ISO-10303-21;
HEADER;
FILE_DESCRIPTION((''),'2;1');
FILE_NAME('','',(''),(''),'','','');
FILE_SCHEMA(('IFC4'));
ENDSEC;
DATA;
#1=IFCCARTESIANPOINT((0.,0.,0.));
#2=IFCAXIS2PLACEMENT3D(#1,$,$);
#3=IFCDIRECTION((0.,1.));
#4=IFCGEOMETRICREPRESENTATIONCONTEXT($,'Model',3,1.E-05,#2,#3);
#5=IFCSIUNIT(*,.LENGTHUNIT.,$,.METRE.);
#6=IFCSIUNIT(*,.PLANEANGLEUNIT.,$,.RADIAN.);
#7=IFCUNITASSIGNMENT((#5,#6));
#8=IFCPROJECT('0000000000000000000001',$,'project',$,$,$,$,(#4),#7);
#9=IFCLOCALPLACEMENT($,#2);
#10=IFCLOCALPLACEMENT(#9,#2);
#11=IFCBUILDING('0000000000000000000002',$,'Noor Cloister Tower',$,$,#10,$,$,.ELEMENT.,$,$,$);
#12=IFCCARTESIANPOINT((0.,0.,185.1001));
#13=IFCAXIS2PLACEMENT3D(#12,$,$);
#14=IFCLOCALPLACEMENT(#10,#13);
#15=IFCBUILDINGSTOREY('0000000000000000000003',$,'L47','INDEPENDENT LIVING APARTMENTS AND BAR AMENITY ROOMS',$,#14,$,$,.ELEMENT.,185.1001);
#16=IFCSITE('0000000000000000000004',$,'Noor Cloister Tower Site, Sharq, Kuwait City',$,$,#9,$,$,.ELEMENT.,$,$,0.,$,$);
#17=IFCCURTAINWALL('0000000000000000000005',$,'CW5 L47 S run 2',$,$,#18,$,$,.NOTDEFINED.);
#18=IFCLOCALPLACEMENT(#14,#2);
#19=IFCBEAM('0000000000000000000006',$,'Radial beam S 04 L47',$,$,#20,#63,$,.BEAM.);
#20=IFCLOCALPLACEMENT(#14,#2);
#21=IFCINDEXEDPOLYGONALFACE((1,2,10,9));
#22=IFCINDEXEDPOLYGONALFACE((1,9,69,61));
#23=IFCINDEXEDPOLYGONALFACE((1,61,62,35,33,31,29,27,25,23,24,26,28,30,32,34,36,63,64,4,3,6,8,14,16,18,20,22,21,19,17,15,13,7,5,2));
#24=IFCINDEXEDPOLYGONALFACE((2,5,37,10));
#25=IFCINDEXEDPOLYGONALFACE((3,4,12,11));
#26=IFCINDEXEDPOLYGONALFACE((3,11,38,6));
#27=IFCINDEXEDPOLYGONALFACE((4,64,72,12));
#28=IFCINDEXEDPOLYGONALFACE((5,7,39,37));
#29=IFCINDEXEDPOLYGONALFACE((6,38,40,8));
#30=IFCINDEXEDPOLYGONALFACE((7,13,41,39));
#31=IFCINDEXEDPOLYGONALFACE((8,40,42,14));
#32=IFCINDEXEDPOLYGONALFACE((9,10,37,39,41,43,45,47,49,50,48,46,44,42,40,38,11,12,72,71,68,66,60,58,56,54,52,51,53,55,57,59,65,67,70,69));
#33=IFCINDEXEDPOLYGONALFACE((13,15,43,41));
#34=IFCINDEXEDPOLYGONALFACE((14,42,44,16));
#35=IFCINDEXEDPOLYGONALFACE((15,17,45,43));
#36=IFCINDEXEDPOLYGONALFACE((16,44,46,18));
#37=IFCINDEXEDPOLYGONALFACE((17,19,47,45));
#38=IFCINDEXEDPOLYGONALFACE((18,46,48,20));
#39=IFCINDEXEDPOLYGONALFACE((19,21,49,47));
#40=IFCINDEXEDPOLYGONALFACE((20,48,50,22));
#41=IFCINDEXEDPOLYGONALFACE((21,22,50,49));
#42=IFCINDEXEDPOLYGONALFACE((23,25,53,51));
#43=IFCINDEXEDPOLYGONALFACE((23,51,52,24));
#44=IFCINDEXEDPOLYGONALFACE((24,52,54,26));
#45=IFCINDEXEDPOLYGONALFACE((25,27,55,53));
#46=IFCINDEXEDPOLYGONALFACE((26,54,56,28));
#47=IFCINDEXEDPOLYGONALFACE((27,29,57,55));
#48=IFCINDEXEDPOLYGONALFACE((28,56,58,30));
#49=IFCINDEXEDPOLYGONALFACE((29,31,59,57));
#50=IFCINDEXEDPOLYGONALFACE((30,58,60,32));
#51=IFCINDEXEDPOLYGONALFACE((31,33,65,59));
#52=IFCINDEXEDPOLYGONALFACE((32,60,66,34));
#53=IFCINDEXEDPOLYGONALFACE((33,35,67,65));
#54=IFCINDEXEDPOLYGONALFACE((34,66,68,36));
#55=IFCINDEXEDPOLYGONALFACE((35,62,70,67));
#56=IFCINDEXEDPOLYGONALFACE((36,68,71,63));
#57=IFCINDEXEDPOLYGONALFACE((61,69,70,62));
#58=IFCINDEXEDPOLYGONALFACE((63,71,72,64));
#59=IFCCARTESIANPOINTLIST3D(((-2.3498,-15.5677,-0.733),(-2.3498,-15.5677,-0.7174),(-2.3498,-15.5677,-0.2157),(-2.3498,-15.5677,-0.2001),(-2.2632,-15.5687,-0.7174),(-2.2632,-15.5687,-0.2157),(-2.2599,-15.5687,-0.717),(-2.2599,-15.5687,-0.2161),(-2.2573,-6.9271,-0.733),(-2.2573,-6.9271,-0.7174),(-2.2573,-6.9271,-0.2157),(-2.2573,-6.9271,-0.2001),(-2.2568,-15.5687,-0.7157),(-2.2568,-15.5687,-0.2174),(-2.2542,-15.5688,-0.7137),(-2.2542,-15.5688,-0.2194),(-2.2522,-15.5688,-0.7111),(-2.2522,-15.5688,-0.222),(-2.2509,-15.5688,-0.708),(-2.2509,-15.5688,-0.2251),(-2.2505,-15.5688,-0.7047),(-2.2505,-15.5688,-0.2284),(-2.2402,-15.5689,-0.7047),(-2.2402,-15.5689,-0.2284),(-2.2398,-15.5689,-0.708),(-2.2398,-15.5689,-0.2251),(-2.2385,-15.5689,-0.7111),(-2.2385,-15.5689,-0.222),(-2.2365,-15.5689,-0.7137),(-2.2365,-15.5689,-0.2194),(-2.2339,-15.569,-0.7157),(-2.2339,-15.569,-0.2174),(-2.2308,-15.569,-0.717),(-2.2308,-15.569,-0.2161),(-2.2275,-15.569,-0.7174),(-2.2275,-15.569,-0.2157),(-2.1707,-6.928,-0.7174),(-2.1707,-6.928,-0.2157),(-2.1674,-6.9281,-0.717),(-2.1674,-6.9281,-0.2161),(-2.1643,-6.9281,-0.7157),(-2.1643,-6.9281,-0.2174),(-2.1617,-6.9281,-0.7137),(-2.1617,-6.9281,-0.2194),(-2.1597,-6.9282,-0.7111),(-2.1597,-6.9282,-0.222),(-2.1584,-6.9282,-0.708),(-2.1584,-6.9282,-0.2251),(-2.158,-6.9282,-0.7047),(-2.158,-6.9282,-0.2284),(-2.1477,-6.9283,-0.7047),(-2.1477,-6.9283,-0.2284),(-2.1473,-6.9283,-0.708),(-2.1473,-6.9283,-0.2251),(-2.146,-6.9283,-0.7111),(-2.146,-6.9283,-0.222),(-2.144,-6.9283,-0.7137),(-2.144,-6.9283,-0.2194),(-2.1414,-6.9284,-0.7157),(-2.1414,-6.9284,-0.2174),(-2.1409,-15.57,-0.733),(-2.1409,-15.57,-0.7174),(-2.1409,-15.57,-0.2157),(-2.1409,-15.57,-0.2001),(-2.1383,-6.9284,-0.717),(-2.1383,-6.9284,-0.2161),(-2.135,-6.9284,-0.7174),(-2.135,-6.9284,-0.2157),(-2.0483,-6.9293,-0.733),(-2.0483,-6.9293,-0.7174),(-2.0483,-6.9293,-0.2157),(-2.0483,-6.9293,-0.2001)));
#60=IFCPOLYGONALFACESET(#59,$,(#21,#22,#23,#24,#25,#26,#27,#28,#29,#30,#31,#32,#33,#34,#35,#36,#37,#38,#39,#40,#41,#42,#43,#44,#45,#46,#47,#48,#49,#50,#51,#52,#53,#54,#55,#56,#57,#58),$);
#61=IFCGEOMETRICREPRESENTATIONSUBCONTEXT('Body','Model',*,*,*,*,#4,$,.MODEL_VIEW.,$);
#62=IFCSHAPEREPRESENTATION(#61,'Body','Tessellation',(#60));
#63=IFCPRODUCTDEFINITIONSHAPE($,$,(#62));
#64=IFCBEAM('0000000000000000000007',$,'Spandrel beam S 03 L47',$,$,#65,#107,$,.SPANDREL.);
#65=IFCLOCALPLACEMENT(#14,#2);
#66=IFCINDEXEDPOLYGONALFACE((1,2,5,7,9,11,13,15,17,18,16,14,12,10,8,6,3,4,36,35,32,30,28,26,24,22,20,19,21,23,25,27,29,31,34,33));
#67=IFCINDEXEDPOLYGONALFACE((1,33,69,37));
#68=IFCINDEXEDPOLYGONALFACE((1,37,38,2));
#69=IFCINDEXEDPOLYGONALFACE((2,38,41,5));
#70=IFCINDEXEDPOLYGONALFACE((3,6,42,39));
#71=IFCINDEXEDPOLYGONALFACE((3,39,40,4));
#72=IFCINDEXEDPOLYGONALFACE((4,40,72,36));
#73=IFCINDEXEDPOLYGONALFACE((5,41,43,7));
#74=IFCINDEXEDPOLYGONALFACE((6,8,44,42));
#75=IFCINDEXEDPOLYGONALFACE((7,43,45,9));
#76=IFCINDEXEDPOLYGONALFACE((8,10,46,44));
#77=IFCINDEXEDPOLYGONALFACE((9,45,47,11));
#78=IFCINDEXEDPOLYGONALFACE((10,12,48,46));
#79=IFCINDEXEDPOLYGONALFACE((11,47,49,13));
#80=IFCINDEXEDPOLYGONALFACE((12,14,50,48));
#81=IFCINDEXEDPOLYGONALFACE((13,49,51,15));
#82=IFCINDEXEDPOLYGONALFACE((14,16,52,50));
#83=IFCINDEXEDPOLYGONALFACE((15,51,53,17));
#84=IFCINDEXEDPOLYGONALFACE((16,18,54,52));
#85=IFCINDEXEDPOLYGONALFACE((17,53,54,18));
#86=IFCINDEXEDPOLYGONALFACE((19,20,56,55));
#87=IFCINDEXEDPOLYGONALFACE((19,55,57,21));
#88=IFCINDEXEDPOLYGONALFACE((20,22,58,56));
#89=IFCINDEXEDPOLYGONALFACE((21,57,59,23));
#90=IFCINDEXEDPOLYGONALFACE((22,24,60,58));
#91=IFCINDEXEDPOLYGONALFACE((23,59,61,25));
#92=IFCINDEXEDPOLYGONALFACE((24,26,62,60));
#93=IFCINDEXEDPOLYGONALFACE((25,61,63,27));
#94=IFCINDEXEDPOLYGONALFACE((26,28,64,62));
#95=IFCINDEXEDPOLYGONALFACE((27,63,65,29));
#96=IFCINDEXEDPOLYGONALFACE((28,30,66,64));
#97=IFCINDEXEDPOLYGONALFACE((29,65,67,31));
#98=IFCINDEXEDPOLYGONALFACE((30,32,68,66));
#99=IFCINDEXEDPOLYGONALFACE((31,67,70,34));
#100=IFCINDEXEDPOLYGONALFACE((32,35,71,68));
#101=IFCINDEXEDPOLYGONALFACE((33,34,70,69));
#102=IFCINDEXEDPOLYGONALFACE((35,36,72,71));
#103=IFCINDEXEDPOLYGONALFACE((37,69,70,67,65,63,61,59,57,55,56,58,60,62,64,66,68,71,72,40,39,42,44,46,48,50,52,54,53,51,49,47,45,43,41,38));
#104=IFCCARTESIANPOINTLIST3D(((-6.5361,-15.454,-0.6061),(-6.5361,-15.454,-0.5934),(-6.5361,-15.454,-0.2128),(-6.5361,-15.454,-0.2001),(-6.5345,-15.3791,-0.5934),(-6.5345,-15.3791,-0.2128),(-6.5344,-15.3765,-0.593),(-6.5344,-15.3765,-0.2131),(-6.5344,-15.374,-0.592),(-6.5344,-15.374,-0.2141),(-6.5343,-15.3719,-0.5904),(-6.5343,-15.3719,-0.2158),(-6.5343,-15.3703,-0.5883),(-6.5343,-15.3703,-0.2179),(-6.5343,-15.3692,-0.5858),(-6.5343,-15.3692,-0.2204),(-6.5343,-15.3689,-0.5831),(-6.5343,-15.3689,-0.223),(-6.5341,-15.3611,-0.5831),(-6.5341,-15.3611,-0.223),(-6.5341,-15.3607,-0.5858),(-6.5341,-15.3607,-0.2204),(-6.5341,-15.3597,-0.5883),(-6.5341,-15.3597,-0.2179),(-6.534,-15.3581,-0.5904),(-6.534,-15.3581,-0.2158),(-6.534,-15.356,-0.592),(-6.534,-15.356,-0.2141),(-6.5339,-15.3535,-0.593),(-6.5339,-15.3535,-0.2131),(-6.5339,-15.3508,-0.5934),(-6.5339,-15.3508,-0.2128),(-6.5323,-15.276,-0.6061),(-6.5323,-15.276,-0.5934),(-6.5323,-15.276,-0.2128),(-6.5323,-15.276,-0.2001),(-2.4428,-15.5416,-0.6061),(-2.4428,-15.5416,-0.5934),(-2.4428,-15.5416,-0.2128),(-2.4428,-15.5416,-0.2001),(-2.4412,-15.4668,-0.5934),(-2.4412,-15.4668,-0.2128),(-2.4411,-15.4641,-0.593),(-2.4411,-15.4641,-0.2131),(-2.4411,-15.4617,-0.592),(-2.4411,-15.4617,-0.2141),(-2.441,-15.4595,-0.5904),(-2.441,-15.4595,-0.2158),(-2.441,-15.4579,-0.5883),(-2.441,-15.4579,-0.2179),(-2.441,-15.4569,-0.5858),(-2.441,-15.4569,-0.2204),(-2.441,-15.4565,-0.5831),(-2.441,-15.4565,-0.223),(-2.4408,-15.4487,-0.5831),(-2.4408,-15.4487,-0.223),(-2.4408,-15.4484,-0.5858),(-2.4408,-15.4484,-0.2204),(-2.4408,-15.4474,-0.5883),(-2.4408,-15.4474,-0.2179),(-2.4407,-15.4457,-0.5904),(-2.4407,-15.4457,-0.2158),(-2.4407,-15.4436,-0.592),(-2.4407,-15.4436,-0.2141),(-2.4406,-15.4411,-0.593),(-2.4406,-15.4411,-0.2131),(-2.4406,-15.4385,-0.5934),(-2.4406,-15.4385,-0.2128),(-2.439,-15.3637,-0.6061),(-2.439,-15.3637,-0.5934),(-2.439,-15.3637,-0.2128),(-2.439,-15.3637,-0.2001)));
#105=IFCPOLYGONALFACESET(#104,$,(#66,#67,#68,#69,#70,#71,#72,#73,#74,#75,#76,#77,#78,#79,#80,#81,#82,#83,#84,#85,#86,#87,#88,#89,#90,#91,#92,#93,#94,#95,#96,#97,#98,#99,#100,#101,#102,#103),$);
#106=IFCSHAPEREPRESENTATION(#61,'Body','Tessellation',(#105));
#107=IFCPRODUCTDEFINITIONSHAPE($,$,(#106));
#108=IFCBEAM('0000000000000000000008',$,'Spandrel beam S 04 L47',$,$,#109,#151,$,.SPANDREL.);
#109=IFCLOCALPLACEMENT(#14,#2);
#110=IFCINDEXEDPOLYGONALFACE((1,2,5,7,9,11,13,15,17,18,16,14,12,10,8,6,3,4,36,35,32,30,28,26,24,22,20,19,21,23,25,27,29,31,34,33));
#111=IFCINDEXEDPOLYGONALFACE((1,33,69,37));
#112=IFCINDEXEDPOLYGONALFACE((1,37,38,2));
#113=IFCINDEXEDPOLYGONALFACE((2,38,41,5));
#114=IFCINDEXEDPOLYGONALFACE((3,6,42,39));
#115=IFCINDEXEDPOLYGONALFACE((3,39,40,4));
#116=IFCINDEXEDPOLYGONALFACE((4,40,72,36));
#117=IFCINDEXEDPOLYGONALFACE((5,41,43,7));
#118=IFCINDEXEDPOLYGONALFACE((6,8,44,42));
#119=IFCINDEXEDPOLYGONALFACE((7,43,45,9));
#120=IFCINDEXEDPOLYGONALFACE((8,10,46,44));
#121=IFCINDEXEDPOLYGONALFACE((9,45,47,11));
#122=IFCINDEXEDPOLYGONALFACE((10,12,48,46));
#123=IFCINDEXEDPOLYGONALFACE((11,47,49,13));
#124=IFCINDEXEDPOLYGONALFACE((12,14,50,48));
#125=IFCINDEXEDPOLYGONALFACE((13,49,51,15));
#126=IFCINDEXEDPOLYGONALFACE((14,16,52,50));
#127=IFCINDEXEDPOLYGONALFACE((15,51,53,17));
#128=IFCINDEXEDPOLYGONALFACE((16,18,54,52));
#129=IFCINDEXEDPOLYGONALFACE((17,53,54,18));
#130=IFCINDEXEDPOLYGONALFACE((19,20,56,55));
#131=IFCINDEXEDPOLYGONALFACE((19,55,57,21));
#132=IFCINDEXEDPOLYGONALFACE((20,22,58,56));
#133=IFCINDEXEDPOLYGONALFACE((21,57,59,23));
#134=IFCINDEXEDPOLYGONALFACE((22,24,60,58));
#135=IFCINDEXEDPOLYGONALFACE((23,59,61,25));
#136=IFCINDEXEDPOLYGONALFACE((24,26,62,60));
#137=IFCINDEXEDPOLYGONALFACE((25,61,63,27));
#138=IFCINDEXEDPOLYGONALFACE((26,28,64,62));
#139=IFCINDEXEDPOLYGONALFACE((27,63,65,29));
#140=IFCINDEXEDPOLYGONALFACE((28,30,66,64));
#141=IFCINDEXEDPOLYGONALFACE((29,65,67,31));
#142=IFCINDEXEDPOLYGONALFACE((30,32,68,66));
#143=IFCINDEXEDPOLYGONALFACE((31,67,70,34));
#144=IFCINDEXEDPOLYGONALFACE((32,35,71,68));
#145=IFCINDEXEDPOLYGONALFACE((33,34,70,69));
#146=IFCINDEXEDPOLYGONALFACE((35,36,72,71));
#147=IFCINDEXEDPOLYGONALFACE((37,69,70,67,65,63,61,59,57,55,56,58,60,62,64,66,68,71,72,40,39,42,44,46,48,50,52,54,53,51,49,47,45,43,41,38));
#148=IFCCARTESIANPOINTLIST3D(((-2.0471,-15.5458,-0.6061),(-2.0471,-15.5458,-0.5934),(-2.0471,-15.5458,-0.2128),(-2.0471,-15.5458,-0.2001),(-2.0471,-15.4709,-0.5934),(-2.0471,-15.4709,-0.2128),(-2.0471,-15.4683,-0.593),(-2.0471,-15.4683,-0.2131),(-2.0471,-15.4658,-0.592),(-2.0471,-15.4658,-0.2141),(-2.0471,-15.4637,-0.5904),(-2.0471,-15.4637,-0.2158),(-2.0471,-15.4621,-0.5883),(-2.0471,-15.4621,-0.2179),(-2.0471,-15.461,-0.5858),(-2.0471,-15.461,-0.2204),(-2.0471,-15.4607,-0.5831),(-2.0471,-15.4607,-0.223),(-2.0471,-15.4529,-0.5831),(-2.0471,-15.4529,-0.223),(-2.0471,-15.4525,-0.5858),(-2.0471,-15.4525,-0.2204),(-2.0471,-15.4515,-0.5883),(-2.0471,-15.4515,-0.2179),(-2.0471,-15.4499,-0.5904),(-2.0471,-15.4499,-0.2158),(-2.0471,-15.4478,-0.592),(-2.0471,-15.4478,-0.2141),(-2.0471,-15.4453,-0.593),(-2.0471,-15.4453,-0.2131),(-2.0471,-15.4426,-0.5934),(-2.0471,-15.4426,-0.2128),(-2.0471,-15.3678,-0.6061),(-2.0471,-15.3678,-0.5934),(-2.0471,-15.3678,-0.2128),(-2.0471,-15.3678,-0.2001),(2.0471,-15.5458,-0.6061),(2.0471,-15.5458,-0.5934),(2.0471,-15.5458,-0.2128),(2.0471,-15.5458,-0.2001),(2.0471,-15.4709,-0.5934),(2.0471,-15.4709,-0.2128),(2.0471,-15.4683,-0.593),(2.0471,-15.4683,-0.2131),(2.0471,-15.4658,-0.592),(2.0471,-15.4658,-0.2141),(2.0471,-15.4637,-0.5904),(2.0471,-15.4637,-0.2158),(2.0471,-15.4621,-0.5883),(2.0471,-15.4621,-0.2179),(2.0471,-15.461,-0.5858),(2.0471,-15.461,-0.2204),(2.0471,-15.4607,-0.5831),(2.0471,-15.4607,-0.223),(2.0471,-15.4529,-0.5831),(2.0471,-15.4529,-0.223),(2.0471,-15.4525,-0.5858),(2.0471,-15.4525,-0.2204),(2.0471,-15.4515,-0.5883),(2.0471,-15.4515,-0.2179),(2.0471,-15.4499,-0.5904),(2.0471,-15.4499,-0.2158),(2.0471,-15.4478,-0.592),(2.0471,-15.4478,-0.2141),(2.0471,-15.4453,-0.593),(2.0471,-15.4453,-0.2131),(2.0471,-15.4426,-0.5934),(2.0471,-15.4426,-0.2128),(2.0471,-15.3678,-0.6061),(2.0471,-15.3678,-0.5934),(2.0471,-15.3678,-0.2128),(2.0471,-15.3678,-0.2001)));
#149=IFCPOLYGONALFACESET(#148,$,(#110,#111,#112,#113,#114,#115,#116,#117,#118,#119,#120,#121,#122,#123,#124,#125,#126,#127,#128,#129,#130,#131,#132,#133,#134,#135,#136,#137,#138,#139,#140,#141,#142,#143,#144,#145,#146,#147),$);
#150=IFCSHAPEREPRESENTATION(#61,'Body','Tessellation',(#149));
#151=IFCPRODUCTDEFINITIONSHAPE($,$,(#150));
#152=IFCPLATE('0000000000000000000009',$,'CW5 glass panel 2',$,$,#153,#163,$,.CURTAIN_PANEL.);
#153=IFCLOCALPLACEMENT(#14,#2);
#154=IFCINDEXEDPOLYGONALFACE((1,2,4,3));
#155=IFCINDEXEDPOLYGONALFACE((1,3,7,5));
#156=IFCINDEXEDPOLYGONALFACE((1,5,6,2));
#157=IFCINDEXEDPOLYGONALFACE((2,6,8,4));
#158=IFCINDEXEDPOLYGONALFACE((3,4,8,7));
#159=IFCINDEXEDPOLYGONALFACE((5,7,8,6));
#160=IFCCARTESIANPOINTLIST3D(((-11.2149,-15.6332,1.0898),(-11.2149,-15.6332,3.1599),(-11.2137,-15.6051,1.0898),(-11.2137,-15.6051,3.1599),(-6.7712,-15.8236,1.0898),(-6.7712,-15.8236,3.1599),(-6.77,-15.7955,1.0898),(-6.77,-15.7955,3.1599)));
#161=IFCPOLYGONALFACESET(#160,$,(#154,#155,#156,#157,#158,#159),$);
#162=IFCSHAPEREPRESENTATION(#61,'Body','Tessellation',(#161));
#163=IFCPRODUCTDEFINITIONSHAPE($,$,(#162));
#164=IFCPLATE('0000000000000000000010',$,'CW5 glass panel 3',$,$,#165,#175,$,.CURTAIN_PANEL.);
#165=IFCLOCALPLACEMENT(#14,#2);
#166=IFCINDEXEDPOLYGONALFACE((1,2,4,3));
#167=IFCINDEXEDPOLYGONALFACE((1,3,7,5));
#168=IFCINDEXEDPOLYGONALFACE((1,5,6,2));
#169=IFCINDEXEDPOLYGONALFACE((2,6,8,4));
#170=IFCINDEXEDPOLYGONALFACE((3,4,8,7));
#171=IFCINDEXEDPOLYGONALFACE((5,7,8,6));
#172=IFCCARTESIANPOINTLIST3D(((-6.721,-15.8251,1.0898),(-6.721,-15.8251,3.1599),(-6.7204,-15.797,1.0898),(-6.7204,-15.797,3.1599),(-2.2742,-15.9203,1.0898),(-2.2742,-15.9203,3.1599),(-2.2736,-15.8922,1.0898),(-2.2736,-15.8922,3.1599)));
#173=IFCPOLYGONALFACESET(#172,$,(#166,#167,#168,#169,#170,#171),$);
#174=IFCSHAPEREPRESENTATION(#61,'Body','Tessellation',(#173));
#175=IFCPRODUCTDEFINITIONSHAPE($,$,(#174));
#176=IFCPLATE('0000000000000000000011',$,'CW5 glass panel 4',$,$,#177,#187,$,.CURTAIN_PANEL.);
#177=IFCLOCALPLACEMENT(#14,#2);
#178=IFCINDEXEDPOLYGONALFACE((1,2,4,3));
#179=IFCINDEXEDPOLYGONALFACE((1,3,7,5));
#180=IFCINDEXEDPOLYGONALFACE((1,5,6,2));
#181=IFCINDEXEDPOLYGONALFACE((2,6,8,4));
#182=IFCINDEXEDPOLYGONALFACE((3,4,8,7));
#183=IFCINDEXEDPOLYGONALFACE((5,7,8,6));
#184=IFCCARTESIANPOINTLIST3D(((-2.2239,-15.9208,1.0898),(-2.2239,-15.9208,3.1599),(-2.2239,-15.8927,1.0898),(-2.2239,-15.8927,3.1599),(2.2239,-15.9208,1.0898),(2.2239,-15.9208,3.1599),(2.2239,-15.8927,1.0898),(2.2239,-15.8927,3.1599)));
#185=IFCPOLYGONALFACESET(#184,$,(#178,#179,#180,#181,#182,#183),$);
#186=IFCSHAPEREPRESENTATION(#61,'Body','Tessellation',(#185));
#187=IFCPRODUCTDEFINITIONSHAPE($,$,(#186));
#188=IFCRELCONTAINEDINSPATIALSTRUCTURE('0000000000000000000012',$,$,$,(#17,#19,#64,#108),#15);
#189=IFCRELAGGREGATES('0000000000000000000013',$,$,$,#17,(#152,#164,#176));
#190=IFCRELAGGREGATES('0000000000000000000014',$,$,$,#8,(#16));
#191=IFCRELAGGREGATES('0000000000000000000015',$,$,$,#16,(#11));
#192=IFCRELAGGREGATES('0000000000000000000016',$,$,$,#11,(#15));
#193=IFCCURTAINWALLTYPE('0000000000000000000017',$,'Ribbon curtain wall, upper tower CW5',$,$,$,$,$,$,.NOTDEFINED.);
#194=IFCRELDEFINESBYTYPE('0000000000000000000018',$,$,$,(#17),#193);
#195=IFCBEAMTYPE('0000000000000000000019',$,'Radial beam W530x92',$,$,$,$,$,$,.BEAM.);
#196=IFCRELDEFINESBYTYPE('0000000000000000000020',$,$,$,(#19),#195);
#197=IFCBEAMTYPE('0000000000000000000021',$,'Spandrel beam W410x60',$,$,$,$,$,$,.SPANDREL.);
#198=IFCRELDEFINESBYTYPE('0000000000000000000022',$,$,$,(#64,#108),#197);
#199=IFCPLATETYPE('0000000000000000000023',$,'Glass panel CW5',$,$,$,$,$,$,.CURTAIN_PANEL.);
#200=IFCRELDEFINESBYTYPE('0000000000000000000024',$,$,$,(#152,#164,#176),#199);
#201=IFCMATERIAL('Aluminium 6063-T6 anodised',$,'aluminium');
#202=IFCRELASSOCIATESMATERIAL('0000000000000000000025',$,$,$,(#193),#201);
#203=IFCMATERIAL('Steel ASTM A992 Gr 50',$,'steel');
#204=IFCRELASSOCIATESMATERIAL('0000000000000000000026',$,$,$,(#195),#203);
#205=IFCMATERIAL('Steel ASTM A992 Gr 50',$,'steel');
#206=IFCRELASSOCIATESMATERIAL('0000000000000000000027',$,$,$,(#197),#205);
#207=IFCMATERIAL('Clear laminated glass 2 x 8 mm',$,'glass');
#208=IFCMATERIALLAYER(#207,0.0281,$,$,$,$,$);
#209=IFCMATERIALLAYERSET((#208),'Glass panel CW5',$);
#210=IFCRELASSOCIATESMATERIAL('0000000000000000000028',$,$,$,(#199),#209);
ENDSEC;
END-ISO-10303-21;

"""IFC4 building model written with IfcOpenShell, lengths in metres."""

from ifc_helpers import new_model, si_unit, direction, frame, origin, origin_2d, place, context, subcontext, project, spatial, rectangle, i_section, extrude, material, layer, layer_set, material_profile, profile_set, type_object, element, aggregate, save


model = new_model("IFC4")

# Units and contexts
model_context = context("Model", 3, precision=1e-05, world=origin(), true_north=direction((0.0, 1.0)))
body_context = subcontext(model_context, "Body", "Model", "MODEL_VIEW")
ifc_project = project(units=[si_unit("LENGTHUNIT", "METRE"), si_unit("PLANEANGLEUNIT", "RADIAN")], contexts=[model_context])

# Site, building, storey
site_placement = place(None, origin())
site = spatial("IfcSite", under=ifc_project, at=site_placement, Name="Noor Cloister Tower Site, Sharq, Kuwait City", CompositionType="ELEMENT", RefElevation=0.0)
building_placement = place(site_placement, origin())
building = spatial("IfcBuilding", under=site, at=building_placement, Name="Noor Cloister Tower", CompositionType="ELEMENT")
storey_placement = place(building_placement, frame((0.0, 0.0, 185.1001)))
storey = spatial("IfcBuildingStorey", under=building, at=storey_placement, Name="L47", Description="INDEPENDENT LIVING APARTMENTS AND BAR AMENITY ROOMS", CompositionType="ELEMENT", Elevation=185.1001)

# Curtain wall
ifc_material_1 = material(Name="Aluminium 6063-T6 anodised", Category="aluminium")
curtain_wall_type = type_object("IfcCurtainWallType", Name="Ribbon curtain wall, upper tower CW5", PredefinedType="NOTDEFINED", material=ifc_material_1)
curtain_wall_placement = place(storey_placement, origin())
curtain_wall = element("IfcCurtainWall", 1, at=curtain_wall_placement, inside=storey, type_object=curtain_wall_type, Name="CW5 L47 S run 2", PredefinedType="NOTDEFINED")

# Beams
ifc_material_2 = material(Name="Steel ASTM A992 Gr 50", Category="steel")
ifc_material_profile_1 = material_profile(ifc_material_2, i_section(OverallWidth=0.209, OverallDepth=0.533, WebThickness=0.0103, FlangeThickness=0.0156, FilletRadius=0.0127, at=origin_2d()), Name="W530x92")
ifc_profile_set_1 = profile_set([ifc_material_profile_1], Name="Steel ASTM A992 Gr 50")
beam_type_1 = type_object("IfcBeamType", Name="Radial beam W530x92", PredefinedType="BEAM", material=ifc_profile_set_1)
beam_1_placement = place(storey_placement, frame((-2.2454, -15.5688, -0.4666), z_axis=(0.010708, 0.999943, 0.0), x_axis=(-0.999943, 0.010708, 0.0)))
element("IfcBeam", 2, at=beam_1_placement, inside=storey, type_object=beam_type_1, Name="Radial beam S 04 L47", PredefinedType="BEAM", context=body_context, shape_type="SweptSolid", body=[
    extrude(i_section(OverallWidth=0.209, OverallDepth=0.533, WebThickness=0.0103, FlangeThickness=0.0156, FilletRadius=0.0127, at=origin_2d()), origin(), (0.0, 0.0, 1.0), 8.6411),
])
ifc_material_3 = material(Name="Steel ASTM A992 Gr 50", Category="steel")
ifc_material_profile_2 = material_profile(ifc_material_3, i_section(OverallWidth=0.178, OverallDepth=0.406, WebThickness=0.0078, FlangeThickness=0.0127, FilletRadius=0.0103, at=origin_2d()), Name="W410x60")
ifc_profile_set_2 = profile_set([ifc_material_profile_2], Name="Steel ASTM A992 Gr 50")
beam_type_2 = type_object("IfcBeamType", Name="Spandrel beam W410x60", PredefinedType="SPANDREL", material=ifc_profile_set_2)
for number, where, z_axis, x_axis, name in (
    (3, (-6.5342, -15.365, -0.4031), (0.999771, -0.021407, 0.0), (0.021407, 0.999771, 0.0), "Spandrel beam S 03 L47"),
    (4, (-2.0471, -15.4568, -0.4031), (1.0, 0.0, 0.0), (0.0, 1.0, 0.0), "Spandrel beam S 04 L47"),
):
    element("IfcBeam", number, at=place(storey_placement, frame(where, z_axis=z_axis, x_axis=x_axis)), inside=storey, type_object=beam_type_2, Name=name, PredefinedType="SPANDREL", context=body_context, shape_type="SweptSolid", body=[
        extrude(i_section(OverallWidth=0.178, OverallDepth=0.406, WebThickness=0.0078, FlangeThickness=0.0127, FilletRadius=0.0103, at=origin_2d()), origin(), (0.0, 0.0, 1.0), 4.0942),
    ])

# Plates
ifc_material_4 = material(Name="Clear laminated glass 2 x 8 mm", Category="glass")
ifc_layer_1 = layer(ifc_material_4, 0.0281)
ifc_layer_set_1 = layer_set([ifc_layer_1], Name="Glass panel CW5")
plate_type = type_object("IfcPlateType", Name="Glass panel CW5", PredefinedType="CURTAIN_PANEL", material=ifc_layer_set_1)
plate_1_placement = place(storey_placement, frame((-8.9924, -15.7144, 1.0898), z_axis=(0.0, 0.0, 1.0), x_axis=(0.999084, -0.042803, 0.0)))
plate_1 = element("IfcPlate", 5, at=plate_1_placement, type_object=plate_type, Name="CW5 glass panel 2", PredefinedType="CURTAIN_PANEL", context=body_context, shape_type="SweptSolid", body=[
    extrude(rectangle(XDim=4.4478, YDim=0.0281, at=origin_2d()), origin(), (0.0, 0.0, 1.0), 2.0701),
])
plate_2_placement = place(storey_placement, frame((-4.4973, -15.8586, 1.0898), z_axis=(0.0, 0.0, 1.0), x_axis=(0.999771, -0.021406, 0.0)))
plate_2 = element("IfcPlate", 6, at=plate_2_placement, type_object=plate_type, Name="CW5 glass panel 3", PredefinedType="CURTAIN_PANEL", context=body_context, shape_type="SweptSolid", body=[
    extrude(rectangle(XDim=4.4478, YDim=0.0281, at=origin_2d()), origin(), (0.0, 0.0, 1.0), 2.0701),
])
plate_3_placement = place(storey_placement, frame((0.0, -15.9067, 1.0898), z_axis=(0.0, 0.0, 1.0), x_axis=(1.0, 0.0, 0.0)))
plate_3 = element("IfcPlate", 7, at=plate_3_placement, type_object=plate_type, Name="CW5 glass panel 4", PredefinedType="CURTAIN_PANEL", context=body_context, shape_type="SweptSolid", body=[
    extrude(rectangle(XDim=4.4478, YDim=0.0281, at=origin_2d()), origin(), (0.0, 0.0, 1.0), 2.0701),
])
aggregate(curtain_wall, [plate_1, plate_2, plate_3])

save(model, "model.ifc")
